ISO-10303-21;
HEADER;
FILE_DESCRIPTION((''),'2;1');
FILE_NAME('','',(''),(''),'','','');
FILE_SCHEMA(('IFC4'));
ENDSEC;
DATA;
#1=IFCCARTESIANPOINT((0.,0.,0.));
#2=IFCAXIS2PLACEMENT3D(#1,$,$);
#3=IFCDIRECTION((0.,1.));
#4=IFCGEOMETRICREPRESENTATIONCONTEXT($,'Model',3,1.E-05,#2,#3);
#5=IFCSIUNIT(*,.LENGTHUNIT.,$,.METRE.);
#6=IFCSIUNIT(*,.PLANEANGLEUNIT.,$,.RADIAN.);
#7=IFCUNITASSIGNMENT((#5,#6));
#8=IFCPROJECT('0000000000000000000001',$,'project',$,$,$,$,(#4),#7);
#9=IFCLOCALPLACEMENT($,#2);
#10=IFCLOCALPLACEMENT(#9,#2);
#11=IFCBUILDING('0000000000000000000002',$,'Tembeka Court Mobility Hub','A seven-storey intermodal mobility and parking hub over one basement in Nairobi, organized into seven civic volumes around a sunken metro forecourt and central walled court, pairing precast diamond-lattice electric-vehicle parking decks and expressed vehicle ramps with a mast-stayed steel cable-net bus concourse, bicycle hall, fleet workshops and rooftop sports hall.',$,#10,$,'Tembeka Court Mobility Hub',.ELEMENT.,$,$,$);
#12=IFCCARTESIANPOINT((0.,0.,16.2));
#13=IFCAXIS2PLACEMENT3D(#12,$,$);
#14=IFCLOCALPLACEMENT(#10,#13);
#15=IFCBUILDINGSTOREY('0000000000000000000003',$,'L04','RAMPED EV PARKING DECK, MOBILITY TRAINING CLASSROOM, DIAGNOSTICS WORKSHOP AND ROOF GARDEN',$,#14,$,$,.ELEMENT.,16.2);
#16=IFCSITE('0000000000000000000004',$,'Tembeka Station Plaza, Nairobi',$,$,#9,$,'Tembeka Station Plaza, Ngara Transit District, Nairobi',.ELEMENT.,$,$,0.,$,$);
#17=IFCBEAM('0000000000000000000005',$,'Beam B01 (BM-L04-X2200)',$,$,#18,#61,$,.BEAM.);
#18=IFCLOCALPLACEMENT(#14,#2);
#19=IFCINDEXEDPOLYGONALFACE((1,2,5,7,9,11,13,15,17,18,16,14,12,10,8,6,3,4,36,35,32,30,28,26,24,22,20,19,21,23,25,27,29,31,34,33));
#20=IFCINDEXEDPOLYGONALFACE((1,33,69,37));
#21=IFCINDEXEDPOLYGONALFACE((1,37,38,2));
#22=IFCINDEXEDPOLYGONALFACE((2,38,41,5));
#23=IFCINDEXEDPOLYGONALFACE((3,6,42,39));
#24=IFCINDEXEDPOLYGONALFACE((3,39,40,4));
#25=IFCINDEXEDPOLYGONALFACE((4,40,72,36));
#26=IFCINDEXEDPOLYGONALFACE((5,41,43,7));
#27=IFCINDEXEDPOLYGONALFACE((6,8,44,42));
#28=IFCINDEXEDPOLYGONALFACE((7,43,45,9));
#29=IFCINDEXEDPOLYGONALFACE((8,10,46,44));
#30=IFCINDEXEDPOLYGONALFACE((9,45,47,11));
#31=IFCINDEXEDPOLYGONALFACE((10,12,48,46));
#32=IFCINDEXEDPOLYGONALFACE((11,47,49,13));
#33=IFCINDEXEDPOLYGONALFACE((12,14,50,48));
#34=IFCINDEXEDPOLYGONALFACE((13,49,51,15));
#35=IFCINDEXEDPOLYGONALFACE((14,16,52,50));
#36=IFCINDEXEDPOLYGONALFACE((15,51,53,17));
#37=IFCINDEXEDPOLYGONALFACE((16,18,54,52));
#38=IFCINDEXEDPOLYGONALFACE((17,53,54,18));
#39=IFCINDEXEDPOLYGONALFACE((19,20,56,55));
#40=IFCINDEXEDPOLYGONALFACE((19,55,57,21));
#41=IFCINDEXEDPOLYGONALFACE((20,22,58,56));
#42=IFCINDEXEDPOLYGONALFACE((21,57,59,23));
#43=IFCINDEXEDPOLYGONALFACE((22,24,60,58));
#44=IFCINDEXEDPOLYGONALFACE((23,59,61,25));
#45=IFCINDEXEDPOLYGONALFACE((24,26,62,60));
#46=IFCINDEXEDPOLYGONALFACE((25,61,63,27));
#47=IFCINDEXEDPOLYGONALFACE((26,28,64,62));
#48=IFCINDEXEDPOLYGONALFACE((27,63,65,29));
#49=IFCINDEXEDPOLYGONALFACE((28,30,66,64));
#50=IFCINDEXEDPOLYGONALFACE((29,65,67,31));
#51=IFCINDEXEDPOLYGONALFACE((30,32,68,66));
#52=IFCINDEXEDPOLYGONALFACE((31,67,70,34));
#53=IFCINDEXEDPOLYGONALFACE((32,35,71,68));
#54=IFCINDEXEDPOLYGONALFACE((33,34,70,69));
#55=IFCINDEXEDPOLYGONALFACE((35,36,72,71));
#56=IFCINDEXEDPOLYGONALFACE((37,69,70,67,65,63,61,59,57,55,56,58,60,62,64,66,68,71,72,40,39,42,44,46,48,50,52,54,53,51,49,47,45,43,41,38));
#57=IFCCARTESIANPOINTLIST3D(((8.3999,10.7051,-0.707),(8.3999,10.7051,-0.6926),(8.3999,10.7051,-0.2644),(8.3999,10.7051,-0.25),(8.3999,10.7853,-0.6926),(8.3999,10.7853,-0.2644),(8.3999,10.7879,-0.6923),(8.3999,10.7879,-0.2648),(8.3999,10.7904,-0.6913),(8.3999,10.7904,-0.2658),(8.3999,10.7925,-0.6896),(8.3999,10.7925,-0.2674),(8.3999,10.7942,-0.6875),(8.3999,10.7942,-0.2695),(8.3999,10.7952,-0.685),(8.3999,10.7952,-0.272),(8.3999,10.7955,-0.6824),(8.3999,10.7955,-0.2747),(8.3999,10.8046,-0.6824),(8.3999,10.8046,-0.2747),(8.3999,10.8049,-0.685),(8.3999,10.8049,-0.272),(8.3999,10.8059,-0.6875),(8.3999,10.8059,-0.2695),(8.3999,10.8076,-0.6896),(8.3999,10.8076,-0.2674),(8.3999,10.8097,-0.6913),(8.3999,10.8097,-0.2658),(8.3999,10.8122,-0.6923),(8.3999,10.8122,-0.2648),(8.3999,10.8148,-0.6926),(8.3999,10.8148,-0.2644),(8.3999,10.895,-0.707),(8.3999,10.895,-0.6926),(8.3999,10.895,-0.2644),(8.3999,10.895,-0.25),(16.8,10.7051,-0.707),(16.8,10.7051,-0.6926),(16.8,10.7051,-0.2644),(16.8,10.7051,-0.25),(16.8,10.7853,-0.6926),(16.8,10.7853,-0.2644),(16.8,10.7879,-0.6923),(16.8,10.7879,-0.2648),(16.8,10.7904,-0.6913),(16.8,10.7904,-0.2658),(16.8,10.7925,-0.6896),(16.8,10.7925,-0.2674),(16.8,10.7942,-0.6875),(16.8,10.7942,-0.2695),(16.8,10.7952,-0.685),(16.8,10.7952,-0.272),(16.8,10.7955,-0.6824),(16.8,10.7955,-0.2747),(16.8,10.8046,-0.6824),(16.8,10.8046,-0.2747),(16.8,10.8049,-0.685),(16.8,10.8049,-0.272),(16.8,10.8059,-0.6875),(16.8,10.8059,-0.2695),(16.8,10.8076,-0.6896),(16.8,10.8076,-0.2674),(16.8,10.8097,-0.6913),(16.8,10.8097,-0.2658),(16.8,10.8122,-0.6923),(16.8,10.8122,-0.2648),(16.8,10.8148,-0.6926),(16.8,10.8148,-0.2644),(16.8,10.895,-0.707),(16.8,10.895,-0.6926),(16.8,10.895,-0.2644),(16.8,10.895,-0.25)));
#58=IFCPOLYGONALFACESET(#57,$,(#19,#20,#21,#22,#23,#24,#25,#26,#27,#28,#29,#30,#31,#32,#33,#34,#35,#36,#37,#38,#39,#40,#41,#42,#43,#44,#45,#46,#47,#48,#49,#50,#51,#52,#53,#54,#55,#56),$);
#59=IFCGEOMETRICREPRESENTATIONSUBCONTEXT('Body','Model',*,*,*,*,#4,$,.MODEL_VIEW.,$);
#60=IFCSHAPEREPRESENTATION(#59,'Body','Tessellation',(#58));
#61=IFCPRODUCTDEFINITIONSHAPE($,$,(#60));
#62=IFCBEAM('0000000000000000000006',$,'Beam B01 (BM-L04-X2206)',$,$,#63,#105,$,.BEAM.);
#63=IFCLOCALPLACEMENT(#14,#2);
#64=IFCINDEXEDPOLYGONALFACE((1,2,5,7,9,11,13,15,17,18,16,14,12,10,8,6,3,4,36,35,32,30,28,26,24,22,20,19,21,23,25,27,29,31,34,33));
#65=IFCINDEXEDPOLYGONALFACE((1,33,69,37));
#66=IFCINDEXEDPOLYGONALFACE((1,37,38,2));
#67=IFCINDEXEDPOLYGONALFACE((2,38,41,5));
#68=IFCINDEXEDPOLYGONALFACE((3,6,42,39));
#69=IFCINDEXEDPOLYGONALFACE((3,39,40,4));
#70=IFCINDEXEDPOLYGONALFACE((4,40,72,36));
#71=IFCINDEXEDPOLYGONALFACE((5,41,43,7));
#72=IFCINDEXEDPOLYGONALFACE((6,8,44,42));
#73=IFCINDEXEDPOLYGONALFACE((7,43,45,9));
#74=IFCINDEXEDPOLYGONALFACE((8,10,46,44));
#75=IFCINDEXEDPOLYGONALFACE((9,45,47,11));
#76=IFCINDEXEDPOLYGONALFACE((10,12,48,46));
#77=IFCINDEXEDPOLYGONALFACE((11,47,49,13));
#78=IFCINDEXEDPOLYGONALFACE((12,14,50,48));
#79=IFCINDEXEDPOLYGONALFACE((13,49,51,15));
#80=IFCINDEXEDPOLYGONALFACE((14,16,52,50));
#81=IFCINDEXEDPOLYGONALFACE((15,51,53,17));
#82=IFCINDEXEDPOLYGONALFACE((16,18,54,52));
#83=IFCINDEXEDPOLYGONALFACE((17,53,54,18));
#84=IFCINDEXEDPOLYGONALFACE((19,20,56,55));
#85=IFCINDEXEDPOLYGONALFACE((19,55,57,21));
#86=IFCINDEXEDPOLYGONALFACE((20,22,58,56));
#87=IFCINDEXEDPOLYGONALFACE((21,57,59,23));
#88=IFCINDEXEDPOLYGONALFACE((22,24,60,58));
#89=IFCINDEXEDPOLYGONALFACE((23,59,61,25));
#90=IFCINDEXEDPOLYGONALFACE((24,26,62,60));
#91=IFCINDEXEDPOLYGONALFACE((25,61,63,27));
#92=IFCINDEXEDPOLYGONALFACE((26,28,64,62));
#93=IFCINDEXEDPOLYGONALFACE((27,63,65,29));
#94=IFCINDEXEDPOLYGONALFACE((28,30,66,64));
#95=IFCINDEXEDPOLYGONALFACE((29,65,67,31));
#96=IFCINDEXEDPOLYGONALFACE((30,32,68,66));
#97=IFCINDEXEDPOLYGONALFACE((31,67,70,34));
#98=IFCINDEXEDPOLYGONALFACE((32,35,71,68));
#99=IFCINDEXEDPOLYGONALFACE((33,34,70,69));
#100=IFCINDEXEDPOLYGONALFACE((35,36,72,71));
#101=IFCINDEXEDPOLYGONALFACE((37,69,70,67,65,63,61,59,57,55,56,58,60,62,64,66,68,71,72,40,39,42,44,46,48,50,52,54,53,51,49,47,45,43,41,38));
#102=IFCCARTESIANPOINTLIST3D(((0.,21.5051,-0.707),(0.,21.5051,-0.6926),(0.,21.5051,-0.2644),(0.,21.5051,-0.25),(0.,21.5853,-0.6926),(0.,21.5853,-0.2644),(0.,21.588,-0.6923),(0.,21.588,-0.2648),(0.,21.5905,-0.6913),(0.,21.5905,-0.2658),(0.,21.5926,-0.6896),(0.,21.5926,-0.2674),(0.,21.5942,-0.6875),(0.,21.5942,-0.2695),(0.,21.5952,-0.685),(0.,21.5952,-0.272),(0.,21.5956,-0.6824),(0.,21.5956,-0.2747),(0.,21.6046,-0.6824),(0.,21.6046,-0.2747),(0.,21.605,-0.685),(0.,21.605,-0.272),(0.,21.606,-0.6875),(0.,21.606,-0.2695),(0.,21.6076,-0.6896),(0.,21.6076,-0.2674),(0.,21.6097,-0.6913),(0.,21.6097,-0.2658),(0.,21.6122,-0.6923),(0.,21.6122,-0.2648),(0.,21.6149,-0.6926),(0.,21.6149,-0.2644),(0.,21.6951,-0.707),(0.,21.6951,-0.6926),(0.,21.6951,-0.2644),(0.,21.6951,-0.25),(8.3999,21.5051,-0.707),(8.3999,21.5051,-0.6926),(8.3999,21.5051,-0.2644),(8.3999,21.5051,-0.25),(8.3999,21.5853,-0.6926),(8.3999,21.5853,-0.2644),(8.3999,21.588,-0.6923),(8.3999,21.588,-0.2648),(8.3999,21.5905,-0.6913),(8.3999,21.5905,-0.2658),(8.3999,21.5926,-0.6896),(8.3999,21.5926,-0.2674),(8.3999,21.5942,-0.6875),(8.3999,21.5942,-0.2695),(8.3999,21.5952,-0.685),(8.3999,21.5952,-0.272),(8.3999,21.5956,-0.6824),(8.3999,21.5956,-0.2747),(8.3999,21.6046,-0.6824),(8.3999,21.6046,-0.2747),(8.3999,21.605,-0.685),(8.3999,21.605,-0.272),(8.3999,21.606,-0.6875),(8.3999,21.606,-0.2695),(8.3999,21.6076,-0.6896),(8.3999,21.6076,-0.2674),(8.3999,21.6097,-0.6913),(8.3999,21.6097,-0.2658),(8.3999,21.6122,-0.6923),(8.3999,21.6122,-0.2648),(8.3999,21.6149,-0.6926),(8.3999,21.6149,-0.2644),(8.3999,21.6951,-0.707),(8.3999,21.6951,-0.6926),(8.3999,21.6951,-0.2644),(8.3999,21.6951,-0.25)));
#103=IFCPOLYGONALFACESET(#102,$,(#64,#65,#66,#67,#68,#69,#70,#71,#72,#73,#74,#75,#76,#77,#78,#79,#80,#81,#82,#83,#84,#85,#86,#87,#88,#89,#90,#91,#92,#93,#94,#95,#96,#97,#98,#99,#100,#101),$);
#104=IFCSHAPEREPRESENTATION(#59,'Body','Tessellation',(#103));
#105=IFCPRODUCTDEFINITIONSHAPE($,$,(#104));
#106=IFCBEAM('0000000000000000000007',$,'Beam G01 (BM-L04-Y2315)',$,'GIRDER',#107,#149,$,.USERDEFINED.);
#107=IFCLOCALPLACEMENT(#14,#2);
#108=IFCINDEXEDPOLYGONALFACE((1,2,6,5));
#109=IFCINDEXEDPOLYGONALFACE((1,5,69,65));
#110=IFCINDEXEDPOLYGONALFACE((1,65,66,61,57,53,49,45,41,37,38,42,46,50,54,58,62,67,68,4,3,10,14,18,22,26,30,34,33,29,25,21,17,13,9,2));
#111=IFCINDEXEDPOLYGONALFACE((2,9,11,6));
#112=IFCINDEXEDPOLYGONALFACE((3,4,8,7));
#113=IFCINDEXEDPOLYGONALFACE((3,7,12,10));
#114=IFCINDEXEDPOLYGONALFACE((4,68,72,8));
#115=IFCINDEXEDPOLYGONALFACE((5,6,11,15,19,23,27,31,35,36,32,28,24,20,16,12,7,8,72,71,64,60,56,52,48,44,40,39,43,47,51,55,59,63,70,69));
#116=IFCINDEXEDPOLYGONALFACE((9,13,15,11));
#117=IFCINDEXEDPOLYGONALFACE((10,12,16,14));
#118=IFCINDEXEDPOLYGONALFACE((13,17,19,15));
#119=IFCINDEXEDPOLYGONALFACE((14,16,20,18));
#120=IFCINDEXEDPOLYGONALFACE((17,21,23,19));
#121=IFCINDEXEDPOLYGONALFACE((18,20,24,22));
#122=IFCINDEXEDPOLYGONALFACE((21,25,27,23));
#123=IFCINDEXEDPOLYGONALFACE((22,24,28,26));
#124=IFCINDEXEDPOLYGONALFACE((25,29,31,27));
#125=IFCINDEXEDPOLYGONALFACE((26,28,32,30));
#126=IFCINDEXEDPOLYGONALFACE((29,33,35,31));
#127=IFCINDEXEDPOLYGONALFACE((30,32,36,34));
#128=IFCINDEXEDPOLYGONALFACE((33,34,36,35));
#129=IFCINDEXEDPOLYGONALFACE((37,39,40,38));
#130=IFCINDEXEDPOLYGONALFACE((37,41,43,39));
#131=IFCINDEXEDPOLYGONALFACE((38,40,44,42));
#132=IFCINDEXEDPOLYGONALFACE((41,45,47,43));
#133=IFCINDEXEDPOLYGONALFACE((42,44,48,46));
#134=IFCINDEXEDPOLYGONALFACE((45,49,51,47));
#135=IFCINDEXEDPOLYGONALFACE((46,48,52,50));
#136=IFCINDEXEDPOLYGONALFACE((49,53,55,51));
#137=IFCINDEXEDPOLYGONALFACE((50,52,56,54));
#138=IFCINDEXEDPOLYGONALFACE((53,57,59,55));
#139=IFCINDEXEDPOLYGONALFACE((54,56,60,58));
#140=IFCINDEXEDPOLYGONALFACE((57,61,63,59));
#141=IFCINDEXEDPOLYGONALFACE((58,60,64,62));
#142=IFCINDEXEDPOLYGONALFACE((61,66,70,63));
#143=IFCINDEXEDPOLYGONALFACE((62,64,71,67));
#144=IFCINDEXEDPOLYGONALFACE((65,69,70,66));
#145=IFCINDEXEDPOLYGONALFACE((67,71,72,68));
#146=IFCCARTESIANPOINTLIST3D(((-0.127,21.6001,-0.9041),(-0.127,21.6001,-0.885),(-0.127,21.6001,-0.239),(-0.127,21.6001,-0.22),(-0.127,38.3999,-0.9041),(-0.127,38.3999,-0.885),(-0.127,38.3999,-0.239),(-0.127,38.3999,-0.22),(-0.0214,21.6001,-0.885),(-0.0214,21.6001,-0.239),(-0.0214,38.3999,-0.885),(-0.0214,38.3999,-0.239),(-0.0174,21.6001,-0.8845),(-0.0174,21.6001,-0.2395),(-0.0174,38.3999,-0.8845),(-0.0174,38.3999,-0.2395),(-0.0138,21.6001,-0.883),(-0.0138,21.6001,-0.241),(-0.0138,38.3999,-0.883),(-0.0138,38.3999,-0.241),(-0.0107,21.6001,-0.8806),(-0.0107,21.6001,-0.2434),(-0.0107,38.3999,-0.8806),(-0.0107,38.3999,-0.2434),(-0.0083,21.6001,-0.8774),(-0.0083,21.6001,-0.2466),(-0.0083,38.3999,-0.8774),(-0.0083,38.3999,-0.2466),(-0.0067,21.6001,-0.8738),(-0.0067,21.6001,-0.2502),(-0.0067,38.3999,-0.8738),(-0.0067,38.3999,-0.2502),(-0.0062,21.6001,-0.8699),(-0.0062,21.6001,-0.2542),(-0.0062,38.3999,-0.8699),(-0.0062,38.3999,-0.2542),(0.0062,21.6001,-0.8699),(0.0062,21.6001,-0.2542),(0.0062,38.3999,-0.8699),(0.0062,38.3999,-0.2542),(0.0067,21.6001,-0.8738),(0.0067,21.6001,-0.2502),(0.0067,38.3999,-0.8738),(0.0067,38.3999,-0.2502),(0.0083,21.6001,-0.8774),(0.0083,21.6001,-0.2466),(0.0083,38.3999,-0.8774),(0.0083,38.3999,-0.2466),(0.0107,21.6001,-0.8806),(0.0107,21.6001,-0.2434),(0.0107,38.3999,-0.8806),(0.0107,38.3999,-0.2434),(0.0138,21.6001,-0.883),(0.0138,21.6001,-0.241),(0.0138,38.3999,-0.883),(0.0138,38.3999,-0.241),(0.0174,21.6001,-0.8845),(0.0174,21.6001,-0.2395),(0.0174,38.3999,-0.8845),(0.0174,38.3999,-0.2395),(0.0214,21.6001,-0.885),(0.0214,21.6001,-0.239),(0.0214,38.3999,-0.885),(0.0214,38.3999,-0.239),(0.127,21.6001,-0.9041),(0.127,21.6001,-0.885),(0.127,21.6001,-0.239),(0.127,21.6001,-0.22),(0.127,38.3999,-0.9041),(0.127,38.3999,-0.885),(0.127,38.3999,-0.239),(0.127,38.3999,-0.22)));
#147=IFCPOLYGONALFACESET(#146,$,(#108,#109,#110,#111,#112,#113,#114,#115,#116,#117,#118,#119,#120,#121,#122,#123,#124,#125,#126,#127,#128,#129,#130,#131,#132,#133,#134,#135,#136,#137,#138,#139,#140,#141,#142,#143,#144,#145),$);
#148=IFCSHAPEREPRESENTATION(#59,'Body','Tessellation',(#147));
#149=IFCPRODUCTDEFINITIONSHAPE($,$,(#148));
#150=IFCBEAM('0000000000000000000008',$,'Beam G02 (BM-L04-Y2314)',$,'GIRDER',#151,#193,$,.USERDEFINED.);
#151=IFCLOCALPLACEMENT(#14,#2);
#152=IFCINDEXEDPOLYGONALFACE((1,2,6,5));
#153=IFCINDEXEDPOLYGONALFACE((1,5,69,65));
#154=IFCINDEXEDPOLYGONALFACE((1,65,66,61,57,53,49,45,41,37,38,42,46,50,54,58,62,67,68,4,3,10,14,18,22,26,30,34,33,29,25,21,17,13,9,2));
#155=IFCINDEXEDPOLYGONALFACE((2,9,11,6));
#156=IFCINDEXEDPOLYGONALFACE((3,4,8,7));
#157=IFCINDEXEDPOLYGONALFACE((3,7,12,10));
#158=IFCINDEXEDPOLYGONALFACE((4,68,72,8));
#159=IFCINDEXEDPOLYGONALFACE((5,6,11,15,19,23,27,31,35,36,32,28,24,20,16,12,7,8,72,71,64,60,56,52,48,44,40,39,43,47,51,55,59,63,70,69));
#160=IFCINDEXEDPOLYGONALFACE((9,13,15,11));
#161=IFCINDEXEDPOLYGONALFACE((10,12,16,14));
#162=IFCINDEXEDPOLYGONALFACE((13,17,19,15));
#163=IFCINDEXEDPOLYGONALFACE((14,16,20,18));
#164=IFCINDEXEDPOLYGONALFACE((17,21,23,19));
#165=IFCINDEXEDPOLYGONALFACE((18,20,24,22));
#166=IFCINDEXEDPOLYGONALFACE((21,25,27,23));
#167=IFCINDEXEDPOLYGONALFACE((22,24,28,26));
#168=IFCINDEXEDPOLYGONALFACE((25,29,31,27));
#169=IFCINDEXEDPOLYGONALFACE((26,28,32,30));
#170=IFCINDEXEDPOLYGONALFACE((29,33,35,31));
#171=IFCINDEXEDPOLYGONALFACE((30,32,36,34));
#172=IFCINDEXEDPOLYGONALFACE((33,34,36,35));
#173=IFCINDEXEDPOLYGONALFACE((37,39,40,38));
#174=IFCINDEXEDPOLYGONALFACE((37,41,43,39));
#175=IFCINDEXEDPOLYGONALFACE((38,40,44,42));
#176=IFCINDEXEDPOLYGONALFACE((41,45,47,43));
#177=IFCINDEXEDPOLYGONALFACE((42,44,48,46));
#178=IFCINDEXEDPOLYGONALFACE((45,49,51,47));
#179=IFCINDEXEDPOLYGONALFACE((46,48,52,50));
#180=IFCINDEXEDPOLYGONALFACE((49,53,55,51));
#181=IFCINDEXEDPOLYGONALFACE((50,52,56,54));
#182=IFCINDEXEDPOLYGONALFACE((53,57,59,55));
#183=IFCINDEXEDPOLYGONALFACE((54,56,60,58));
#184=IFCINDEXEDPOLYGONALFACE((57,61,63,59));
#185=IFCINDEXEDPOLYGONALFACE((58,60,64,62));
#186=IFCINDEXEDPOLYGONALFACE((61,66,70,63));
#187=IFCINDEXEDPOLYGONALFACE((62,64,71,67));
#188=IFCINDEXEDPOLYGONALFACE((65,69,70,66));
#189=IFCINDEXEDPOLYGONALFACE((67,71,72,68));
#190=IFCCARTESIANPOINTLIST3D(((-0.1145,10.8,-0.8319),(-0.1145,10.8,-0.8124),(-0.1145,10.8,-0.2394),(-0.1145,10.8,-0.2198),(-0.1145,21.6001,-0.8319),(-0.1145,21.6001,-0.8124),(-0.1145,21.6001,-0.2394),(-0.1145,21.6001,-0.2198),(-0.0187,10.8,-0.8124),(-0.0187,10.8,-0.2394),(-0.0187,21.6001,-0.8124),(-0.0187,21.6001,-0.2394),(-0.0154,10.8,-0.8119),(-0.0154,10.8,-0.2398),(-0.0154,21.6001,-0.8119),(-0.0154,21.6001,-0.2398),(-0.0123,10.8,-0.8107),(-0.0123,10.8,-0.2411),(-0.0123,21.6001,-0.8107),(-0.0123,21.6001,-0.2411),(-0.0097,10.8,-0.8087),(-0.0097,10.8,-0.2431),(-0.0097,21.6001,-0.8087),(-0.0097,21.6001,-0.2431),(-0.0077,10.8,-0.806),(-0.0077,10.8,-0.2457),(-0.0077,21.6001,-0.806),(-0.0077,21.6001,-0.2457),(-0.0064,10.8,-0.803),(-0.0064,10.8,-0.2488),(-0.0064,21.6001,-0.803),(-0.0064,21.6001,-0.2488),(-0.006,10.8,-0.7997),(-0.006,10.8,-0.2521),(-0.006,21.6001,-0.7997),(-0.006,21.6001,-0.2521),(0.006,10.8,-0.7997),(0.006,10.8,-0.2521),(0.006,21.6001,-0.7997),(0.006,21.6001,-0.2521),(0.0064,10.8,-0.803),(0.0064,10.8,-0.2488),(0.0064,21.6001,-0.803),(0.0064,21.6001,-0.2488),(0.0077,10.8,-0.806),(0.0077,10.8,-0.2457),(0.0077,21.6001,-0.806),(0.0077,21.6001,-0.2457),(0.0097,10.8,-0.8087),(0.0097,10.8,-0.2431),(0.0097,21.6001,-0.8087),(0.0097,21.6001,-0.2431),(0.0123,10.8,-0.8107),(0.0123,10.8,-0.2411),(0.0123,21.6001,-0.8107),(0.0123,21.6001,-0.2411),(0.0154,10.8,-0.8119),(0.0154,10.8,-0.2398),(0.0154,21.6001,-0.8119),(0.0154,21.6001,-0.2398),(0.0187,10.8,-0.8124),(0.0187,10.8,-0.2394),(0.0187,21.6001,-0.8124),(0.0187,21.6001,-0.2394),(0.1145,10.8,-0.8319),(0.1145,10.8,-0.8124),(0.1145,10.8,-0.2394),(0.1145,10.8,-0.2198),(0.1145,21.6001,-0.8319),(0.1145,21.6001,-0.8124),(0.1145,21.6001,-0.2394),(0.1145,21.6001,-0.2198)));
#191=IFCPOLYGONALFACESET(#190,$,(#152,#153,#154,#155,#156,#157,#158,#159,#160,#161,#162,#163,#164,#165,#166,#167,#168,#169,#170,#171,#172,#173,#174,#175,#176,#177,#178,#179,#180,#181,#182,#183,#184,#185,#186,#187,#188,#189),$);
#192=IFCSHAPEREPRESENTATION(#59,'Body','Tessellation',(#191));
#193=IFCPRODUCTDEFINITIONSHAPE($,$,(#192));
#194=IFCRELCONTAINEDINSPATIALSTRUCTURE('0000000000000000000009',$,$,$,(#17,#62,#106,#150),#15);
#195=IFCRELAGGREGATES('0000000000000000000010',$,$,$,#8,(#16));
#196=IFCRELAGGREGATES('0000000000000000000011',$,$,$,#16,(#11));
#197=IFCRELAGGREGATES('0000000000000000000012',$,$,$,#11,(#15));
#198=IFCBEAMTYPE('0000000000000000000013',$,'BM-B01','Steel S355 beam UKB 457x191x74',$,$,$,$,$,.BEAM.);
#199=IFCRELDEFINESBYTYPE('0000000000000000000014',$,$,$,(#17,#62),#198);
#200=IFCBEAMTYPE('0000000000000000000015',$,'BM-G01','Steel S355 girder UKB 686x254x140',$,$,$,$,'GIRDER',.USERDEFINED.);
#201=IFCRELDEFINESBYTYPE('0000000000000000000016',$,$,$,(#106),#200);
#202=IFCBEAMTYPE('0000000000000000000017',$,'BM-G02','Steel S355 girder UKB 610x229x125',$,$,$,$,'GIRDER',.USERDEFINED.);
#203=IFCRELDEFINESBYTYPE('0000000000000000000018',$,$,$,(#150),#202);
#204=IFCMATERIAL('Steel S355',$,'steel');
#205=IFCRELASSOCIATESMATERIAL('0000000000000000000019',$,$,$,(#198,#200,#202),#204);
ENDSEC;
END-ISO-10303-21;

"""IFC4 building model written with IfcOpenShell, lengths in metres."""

from ifc_helpers import new_model, si_unit, direction, frame, origin, origin_2d, place, context, subcontext, project, spatial, i_section, extrude, material, material_profile, profile_set, type_object, element, save


model = new_model("IFC4")

# Units and contexts
model_context = context("Model", 3, precision=1e-05, world=origin(), true_north=direction((0.0, 1.0)))
body_context = subcontext(model_context, "Body", "Model", "MODEL_VIEW")
ifc_project = project(units=[si_unit("LENGTHUNIT", "METRE"), si_unit("PLANEANGLEUNIT", "RADIAN")], contexts=[model_context])

# Site, building, storey
site_placement = place(None, origin())
site = spatial("IfcSite", under=ifc_project, at=site_placement, Name="Tembeka Station Plaza, Nairobi", LongName="Tembeka Station Plaza, Ngara Transit District, Nairobi", CompositionType="ELEMENT", RefElevation=0.0)
building_placement = place(site_placement, origin())
building = spatial("IfcBuilding", under=site, at=building_placement, Name="Tembeka Court Mobility Hub", Description="A seven-storey intermodal mobility and parking hub over one basement in Nairobi, organized into seven civic volumes around a sunken metro forecourt and central walled court, pairing precast diamond-lattice electric-vehicle parking decks and expressed vehicle ramps with a mast-stayed steel cable-net bus concourse, bicycle hall, fleet workshops and rooftop sports hall.", LongName="Tembeka Court Mobility Hub", CompositionType="ELEMENT")
storey_placement = place(building_placement, frame((0.0, 0.0, 16.2)))
storey = spatial("IfcBuildingStorey", under=building, at=storey_placement, Name="L04", Description="RAMPED EV PARKING DECK, MOBILITY TRAINING CLASSROOM, DIAGNOSTICS WORKSHOP AND ROOF GARDEN", CompositionType="ELEMENT", Elevation=16.2)

# Shared definitions
ifc_material_1 = material(Name="Steel S355", Category="steel")

# Beams
ifc_material_profile_1 = material_profile(ifc_material_1, i_section(OverallWidth=0.1899, OverallDepth=0.457, WebThickness=0.009, FlangeThickness=0.0144, FilletRadius=0.0103, at=origin_2d()), Name="UKB 457x191x74")
ifc_profile_set_1 = profile_set([ifc_material_profile_1], Name="Steel S355")
beam_type_1 = type_object("IfcBeamType", Name="BM-B01", Description="Steel S355 beam UKB 457x191x74", PredefinedType="BEAM", material=ifc_profile_set_1)
beam_1_placement = place(storey_placement, frame((8.3999, 10.8, -0.4785), z_axis=(1.0, 0.0, 0.0), x_axis=(0.0, 1.0, 0.0)))
element("IfcBeam", 1, at=beam_1_placement, inside=storey, type_object=beam_type_1, Name="Beam B01 (BM-L04-X2200)", PredefinedType="BEAM", context=body_context, shape_type="SweptSolid", body=[
    extrude(i_section(OverallWidth=0.1899, OverallDepth=0.457, WebThickness=0.009, FlangeThickness=0.0144, FilletRadius=0.0103, at=origin_2d()), origin(), (0.0, 0.0, 1.0), 8.4001),
])
beam_2_placement = place(storey_placement, frame((0.0, 21.6001, -0.4785), z_axis=(1.0, 0.0, 0.0), x_axis=(0.0, 1.0, 0.0)))
element("IfcBeam", 2, at=beam_2_placement, inside=storey, type_object=beam_type_1, Name="Beam B01 (BM-L04-X2206)", PredefinedType="BEAM", context=body_context, shape_type="SweptSolid", body=[
    extrude(i_section(OverallWidth=0.1899, OverallDepth=0.457, WebThickness=0.009, FlangeThickness=0.0144, FilletRadius=0.0103, at=origin_2d()), origin(), (0.0, 0.0, 1.0), 8.3999),
])
ifc_material_profile_2 = material_profile(ifc_material_1, i_section(OverallWidth=0.2539, OverallDepth=0.6841, WebThickness=0.0125, FlangeThickness=0.019, FilletRadius=0.0151, at=origin_2d()), Name="UKB 686x254x140")
ifc_profile_set_2 = profile_set([ifc_material_profile_2], Name="Steel S355")
beam_type_2 = type_object("IfcBeamType", Name="BM-G01", Description="Steel S355 girder UKB 686x254x140", ElementType="GIRDER", PredefinedType="USERDEFINED", material=ifc_profile_set_2)
beam_3_placement = place(storey_placement, frame((0.0, 21.6001, -0.562), z_axis=(0.0, 1.0, 0.0), x_axis=(-1.0, 0.0, 0.0)))
element("IfcBeam", 3, at=beam_3_placement, inside=storey, type_object=beam_type_2, Name="Beam G01 (BM-L04-Y2315)", ObjectType="GIRDER", PredefinedType="USERDEFINED", context=body_context, shape_type="SweptSolid", body=[
    extrude(i_section(OverallWidth=0.2539, OverallDepth=0.6841, WebThickness=0.0125, FlangeThickness=0.019, FilletRadius=0.0151, at=origin_2d()), origin(), (0.0, 0.0, 1.0), 16.7998),
])
ifc_material_profile_3 = material_profile(ifc_material_1, i_section(OverallWidth=0.229, OverallDepth=0.6121, WebThickness=0.012, FlangeThickness=0.0195, FilletRadius=0.0127, at=origin_2d()), Name="UKB 610x229x125")
ifc_profile_set_3 = profile_set([ifc_material_profile_3], Name="Steel S355")
beam_type_3 = type_object("IfcBeamType", Name="BM-G02", Description="Steel S355 girder UKB 610x229x125", ElementType="GIRDER", PredefinedType="USERDEFINED", material=ifc_profile_set_3)
for number, where, z_axis, x_axis, name in (
    (4, (0.0, 10.8, -0.5259), (0.0, 1.0, 0.0), (-1.0, 0.0, 0.0), "Beam G02 (BM-L04-Y2314)"),
):
    element("IfcBeam", number, at=place(storey_placement, frame(where, z_axis=z_axis, x_axis=x_axis)), inside=storey, type_object=beam_type_3, Name=name, ObjectType="GIRDER", PredefinedType="USERDEFINED", context=body_context, shape_type="SweptSolid", body=[
        extrude(i_section(OverallWidth=0.229, OverallDepth=0.6121, WebThickness=0.012, FlangeThickness=0.0195, FilletRadius=0.0127, at=origin_2d()), origin(), (0.0, 0.0, 1.0), 10.8),
    ])

save(model, "model.ifc")
